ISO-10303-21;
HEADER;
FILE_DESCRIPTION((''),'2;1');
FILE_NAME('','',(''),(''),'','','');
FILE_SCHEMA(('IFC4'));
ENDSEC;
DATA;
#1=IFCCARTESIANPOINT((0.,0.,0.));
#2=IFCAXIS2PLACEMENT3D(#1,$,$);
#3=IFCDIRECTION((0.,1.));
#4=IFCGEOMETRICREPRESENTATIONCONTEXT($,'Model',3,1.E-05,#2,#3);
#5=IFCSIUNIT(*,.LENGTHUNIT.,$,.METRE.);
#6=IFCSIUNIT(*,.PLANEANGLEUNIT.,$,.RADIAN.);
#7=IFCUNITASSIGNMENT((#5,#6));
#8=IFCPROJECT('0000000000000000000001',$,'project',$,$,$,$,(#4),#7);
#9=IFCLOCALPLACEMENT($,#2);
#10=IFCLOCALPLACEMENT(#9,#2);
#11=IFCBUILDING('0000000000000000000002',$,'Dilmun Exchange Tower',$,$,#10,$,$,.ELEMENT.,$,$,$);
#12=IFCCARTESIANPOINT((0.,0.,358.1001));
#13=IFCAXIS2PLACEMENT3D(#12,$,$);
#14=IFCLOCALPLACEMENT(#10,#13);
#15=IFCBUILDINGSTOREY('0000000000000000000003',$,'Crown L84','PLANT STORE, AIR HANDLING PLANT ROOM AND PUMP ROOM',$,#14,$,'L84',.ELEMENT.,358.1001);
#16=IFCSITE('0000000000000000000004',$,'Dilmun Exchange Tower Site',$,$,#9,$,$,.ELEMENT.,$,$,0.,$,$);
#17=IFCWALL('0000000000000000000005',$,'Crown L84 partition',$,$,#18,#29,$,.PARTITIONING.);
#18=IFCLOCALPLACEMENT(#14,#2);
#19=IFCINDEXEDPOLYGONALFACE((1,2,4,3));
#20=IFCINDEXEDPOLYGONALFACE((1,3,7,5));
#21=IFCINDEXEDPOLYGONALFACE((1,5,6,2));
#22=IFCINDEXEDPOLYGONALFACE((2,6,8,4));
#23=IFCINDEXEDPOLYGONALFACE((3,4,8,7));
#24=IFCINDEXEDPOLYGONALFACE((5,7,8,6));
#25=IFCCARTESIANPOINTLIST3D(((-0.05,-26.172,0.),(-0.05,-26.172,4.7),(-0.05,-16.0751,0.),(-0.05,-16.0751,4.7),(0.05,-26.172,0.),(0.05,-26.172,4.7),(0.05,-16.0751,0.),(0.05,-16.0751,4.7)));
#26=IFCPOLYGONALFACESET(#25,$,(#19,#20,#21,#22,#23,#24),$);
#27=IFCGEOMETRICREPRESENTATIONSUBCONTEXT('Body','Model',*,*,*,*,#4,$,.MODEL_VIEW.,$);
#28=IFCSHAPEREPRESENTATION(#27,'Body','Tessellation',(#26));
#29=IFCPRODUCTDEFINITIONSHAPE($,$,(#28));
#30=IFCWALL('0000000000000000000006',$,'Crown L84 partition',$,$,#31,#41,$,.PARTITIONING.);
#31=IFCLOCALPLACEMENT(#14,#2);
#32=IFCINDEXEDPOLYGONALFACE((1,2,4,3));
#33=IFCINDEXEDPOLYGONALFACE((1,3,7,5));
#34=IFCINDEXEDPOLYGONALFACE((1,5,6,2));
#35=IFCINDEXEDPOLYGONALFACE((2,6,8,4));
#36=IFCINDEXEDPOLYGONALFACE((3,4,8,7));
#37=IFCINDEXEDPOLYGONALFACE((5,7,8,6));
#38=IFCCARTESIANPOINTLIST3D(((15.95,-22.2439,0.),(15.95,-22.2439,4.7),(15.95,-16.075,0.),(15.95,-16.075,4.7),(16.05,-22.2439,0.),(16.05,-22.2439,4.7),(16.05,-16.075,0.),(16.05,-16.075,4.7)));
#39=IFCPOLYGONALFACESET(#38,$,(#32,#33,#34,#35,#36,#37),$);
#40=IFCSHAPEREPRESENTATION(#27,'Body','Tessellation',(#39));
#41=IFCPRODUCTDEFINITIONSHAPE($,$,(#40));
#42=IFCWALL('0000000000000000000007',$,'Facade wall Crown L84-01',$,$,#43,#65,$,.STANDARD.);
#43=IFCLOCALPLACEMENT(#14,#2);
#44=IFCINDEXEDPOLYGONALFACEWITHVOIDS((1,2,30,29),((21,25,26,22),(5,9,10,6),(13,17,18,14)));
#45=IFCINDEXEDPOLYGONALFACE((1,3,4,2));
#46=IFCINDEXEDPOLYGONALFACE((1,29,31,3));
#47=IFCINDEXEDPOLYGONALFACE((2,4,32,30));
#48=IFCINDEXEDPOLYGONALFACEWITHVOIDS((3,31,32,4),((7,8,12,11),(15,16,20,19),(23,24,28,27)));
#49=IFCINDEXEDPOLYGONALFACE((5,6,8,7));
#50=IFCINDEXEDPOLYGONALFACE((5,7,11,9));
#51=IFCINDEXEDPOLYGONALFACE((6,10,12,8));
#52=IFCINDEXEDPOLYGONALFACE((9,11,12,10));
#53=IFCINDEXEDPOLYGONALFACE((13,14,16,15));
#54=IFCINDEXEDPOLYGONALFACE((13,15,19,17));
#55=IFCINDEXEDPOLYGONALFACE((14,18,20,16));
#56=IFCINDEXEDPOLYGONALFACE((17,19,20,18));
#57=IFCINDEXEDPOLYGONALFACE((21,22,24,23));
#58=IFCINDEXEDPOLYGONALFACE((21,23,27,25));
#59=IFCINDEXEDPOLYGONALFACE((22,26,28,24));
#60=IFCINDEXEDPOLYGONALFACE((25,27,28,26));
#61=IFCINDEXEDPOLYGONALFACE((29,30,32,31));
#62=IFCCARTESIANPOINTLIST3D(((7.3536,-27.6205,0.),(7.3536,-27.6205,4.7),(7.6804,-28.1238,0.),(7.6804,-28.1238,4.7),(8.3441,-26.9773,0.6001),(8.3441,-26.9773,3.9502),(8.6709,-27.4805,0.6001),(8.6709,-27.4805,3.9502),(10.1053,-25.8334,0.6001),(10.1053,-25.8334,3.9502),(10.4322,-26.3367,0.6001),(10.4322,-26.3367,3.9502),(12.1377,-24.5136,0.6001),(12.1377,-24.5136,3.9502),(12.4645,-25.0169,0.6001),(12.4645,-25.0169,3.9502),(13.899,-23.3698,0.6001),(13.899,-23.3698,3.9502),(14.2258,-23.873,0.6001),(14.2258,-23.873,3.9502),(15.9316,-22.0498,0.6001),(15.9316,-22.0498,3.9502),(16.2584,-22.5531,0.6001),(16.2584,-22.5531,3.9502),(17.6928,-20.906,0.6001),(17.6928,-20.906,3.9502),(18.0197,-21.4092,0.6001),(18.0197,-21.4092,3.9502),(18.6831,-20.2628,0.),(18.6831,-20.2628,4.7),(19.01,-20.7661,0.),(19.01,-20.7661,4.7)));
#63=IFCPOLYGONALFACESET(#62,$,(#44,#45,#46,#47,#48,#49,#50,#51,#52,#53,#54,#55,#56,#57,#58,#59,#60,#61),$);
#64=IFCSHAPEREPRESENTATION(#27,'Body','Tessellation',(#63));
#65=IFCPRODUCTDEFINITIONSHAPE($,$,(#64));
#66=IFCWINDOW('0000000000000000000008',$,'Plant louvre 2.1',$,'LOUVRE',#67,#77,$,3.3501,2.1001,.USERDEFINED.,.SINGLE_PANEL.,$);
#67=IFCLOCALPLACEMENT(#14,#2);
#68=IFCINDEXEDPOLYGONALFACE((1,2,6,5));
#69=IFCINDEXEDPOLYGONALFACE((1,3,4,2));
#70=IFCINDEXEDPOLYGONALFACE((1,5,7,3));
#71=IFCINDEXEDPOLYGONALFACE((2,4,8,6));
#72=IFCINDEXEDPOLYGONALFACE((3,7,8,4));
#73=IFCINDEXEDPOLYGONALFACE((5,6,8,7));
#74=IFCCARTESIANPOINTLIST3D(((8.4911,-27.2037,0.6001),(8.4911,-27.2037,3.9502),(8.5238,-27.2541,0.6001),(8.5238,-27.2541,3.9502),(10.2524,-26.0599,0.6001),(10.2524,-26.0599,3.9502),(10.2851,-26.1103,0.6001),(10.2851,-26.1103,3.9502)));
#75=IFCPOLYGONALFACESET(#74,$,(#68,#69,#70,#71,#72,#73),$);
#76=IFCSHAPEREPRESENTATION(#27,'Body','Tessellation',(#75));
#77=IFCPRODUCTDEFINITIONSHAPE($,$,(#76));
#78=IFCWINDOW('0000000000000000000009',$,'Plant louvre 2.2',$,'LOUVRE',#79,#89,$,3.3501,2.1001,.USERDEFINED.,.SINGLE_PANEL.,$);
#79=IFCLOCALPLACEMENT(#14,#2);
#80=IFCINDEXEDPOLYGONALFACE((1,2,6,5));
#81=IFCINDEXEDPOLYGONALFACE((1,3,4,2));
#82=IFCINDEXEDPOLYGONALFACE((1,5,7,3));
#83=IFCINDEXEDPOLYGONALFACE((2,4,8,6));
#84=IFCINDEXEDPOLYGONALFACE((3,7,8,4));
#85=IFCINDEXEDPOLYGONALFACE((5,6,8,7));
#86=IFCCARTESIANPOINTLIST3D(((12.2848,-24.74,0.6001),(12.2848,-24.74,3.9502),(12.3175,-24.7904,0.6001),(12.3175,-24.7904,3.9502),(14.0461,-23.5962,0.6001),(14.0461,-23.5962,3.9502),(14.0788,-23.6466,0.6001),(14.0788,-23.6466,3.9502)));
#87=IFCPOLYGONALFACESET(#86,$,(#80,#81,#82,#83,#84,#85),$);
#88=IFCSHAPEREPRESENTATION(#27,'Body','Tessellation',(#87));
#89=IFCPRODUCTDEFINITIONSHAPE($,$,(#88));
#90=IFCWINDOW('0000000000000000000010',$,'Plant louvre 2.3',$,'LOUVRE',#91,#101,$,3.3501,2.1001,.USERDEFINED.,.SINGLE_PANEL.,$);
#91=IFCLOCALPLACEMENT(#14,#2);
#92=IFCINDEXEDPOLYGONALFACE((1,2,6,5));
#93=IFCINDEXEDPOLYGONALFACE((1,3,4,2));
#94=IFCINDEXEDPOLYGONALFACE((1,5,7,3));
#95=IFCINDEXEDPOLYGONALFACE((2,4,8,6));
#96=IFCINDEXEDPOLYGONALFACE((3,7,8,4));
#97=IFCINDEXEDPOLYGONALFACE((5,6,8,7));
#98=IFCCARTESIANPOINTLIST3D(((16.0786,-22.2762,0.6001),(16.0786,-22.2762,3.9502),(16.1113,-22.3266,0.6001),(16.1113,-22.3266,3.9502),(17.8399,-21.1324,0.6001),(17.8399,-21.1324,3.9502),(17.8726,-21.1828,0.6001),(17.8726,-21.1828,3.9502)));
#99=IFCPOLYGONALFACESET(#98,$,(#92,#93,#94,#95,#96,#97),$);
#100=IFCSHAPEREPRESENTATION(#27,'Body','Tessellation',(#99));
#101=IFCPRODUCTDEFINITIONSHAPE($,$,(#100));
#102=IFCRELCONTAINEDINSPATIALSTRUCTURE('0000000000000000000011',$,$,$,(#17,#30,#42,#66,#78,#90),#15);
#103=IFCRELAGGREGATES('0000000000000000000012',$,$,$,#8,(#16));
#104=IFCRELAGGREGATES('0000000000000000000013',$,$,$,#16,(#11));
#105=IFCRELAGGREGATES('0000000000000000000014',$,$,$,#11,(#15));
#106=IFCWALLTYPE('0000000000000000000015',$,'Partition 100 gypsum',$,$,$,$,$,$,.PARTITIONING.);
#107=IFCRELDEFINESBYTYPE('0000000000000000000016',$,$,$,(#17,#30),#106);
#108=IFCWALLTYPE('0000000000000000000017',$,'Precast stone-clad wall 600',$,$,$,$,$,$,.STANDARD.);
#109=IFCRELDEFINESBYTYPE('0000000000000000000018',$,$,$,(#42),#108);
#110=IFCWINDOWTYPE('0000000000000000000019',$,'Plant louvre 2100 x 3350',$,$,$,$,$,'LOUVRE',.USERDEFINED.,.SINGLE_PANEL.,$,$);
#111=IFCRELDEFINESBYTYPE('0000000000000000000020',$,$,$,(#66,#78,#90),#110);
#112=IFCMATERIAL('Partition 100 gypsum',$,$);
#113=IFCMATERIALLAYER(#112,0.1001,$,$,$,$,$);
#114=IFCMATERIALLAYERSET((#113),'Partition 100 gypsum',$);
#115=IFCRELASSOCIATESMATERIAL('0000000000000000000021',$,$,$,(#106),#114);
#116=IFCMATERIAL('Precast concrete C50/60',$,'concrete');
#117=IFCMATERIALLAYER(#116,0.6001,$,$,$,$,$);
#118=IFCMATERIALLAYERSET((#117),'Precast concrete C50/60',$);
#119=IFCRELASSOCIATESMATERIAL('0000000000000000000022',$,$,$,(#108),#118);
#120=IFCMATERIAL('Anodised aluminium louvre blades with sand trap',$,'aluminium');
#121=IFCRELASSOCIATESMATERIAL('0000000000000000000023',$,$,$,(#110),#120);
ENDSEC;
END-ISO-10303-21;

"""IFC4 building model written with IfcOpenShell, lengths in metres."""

from ifc_helpers import new_model, si_unit, direction, frame, frame_2d, origin, place, context, subcontext, project, spatial, rectangle, extrude, material, layer, layer_set, type_object, element, fill, save


model = new_model("IFC4")

# Units and contexts
model_context = context("Model", 3, precision=1e-05, world=origin(), true_north=direction((0.0, 1.0)))
body_context = subcontext(model_context, "Body", "Model", "MODEL_VIEW")
ifc_project = project(units=[si_unit("LENGTHUNIT", "METRE"), si_unit("PLANEANGLEUNIT", "RADIAN")], contexts=[model_context])

# Site, building, storey
site_placement = place(None, origin())
site = spatial("IfcSite", under=ifc_project, at=site_placement, Name="Dilmun Exchange Tower Site", CompositionType="ELEMENT", RefElevation=0.0)
building_placement = place(site_placement, origin())
building = spatial("IfcBuilding", under=site, at=building_placement, Name="Dilmun Exchange Tower", CompositionType="ELEMENT")
storey_placement = place(building_placement, frame((0.0, 0.0, 358.1001)))
storey = spatial("IfcBuildingStorey", under=building, at=storey_placement, Name="Crown L84", Description="PLANT STORE, AIR HANDLING PLANT ROOM AND PUMP ROOM", LongName="L84", CompositionType="ELEMENT", Elevation=358.1001)

# Walls
ifc_material_1 = material(Name="Partition 100 gypsum")
ifc_layer_1 = layer(ifc_material_1, 0.1001)
ifc_layer_set_1 = layer_set([ifc_layer_1], Name="Partition 100 gypsum")
wall_type_1 = type_object("IfcWallType", Name="Partition 100 gypsum", PredefinedType="PARTITIONING", material=ifc_layer_set_1)
wall_1_placement = place(storey_placement, frame((0.0, -26.1719, 0.0), z_axis=(0.0, 0.0, 1.0), x_axis=(0.0, 1.0, 0.0)))
element("IfcWall", 1, at=wall_1_placement, inside=storey, type_object=wall_type_1, Name="Crown L84 partition", PredefinedType="PARTITIONING", context=body_context, shape_type="SweptSolid", body=[
    extrude(rectangle(XDim=10.0969, YDim=0.1001, at=frame_2d((5.0483, 0.0))), origin(), (0.0, 0.0, 1.0), 4.7),
])
wall_2_placement = place(storey_placement, frame((16.0, -22.2439, 0.0), z_axis=(0.0, 0.0, 1.0), x_axis=(0.0, 1.0, 0.0)))
element("IfcWall", 2, at=wall_2_placement, inside=storey, type_object=wall_type_1, Name="Crown L84 partition", PredefinedType="PARTITIONING", context=body_context, shape_type="SweptSolid", body=[
    extrude(rectangle(XDim=6.1689, YDim=0.1001, at=frame_2d((3.0845, 0.0))), origin(), (0.0, 0.0, 1.0), 4.7),
])

# Wall, openings, windows
ifc_material_2 = material(Name="Precast concrete C50/60", Category="concrete")
ifc_layer_2 = layer(ifc_material_2, 0.6001)
ifc_layer_set_2 = layer_set([ifc_layer_2], Name="Precast concrete C50/60")
wall_type_2 = type_object("IfcWallType", Name="Precast stone-clad wall 600", PredefinedType="STANDARD", material=ifc_layer_set_2)
wall_3_placement = place(storey_placement, frame((7.5171, -27.8721, 0.0), z_axis=(0.0, 0.0, 1.0), x_axis=(0.838666, 0.544647, 0.0)))
wall_3 = element("IfcWall", 3, at=wall_3_placement, inside=storey, type_object=wall_type_2, Name="Facade wall Crown L84-01", PredefinedType="STANDARD", context=body_context, shape_type="SweptSolid", body=[
    extrude(rectangle(XDim=13.509, YDim=0.6001, at=frame_2d((6.7544, 0.0))), origin(), (0.0, 0.0, 1.0), 4.7),
])
opening_1_placement = place(wall_3_placement, frame((1.1809, 0.0, 0.6001)))
opening_1 = element("IfcOpeningElement", 4, at=opening_1_placement, cuts=wall_3, PredefinedType="OPENING", context=body_context, shape_type="SweptSolid", body=[
    extrude(rectangle(XDim=2.1001, YDim=3.3501, at=frame_2d((1.05, 1.675))), frame((0.0, 0.3101, 0.0), z_axis=(0.0, -1.0, 0.0), x_axis=(1.0, 0.0, 0.0)), (0.0, 0.0, 1.0), 0.6201),
])
opening_2_placement = place(wall_3_placement, frame((5.7043, 0.0, 0.6001)))
opening_2 = element("IfcOpeningElement", 5, at=opening_2_placement, cuts=wall_3, PredefinedType="OPENING", context=body_context, shape_type="SweptSolid", body=[
    extrude(rectangle(XDim=2.1001, YDim=3.3501, at=frame_2d((1.05, 1.675))), frame((0.0, 0.3101, 0.0), z_axis=(0.0, -1.0, 0.0), x_axis=(1.0, 0.0, 0.0)), (0.0, 0.0, 1.0), 0.6201),
])
opening_3_placement = place(wall_3_placement, frame((10.228, 0.0, 0.6001)))
opening_3 = element("IfcOpeningElement", 6, at=opening_3_placement, cuts=wall_3, PredefinedType="OPENING", context=body_context, shape_type="SweptSolid", body=[
    extrude(rectangle(XDim=2.1001, YDim=3.3501, at=frame_2d((1.05, 1.675))), frame((0.0, 0.3101, 0.0), z_axis=(0.0, -1.0, 0.0), x_axis=(1.0, 0.0, 0.0)), (0.0, 0.0, 1.0), 0.6201),
])
ifc_material_3 = material(Name="Anodised aluminium louvre blades with sand trap", Category="aluminium")
window_type_1 = type_object("IfcWindowType", Name="Plant louvre 2100 x 3350", ElementType="LOUVRE", PartitioningType="SINGLE_PANEL", PredefinedType="USERDEFINED", material=ifc_material_3)
window_1_placement = place(opening_1_placement, origin())
window_1 = element("IfcWindow", 7, at=window_1_placement, inside=storey, type_object=window_type_1, Name="Plant louvre 2.1", ObjectType="LOUVRE", OverallHeight=3.3501, OverallWidth=2.1001, PartitioningType="SINGLE_PANEL", PredefinedType="USERDEFINED", context=body_context, shape_type="SweptSolid", body=[
    extrude(rectangle(XDim=2.1001, YDim=3.3501, at=frame_2d((1.05, 1.675))), frame((0.0, 0.03, 0.0), z_axis=(0.0, -1.0, 0.0), x_axis=(1.0, 0.0, 0.0)), (0.0, 0.0, 1.0), 0.0601),
])
fill(opening_1, window_1)
window_2_placement = place(opening_2_placement, origin())
window_2 = element("IfcWindow", 8, at=window_2_placement, inside=storey, type_object=window_type_1, Name="Plant louvre 2.2", ObjectType="LOUVRE", OverallHeight=3.3501, OverallWidth=2.1001, PartitioningType="SINGLE_PANEL", PredefinedType="USERDEFINED", context=body_context, shape_type="SweptSolid", body=[
    extrude(rectangle(XDim=2.1001, YDim=3.3501, at=frame_2d((1.05, 1.675))), frame((0.0, 0.03, 0.0), z_axis=(0.0, -1.0, 0.0), x_axis=(1.0, 0.0, 0.0)), (0.0, 0.0, 1.0), 0.0601),
])
fill(opening_2, window_2)
window_3_placement = place(opening_3_placement, origin())
window_3 = element("IfcWindow", 9, at=window_3_placement, inside=storey, type_object=window_type_1, Name="Plant louvre 2.3", ObjectType="LOUVRE", OverallHeight=3.3501, OverallWidth=2.1001, PartitioningType="SINGLE_PANEL", PredefinedType="USERDEFINED", context=body_context, shape_type="SweptSolid", body=[
    extrude(rectangle(XDim=2.1001, YDim=3.3501, at=frame_2d((1.05, 1.675))), frame((0.0, 0.03, 0.0), z_axis=(0.0, -1.0, 0.0), x_axis=(1.0, 0.0, 0.0)), (0.0, 0.0, 1.0), 0.0601),
])
fill(opening_3, window_3)

save(model, "model.ifc")
